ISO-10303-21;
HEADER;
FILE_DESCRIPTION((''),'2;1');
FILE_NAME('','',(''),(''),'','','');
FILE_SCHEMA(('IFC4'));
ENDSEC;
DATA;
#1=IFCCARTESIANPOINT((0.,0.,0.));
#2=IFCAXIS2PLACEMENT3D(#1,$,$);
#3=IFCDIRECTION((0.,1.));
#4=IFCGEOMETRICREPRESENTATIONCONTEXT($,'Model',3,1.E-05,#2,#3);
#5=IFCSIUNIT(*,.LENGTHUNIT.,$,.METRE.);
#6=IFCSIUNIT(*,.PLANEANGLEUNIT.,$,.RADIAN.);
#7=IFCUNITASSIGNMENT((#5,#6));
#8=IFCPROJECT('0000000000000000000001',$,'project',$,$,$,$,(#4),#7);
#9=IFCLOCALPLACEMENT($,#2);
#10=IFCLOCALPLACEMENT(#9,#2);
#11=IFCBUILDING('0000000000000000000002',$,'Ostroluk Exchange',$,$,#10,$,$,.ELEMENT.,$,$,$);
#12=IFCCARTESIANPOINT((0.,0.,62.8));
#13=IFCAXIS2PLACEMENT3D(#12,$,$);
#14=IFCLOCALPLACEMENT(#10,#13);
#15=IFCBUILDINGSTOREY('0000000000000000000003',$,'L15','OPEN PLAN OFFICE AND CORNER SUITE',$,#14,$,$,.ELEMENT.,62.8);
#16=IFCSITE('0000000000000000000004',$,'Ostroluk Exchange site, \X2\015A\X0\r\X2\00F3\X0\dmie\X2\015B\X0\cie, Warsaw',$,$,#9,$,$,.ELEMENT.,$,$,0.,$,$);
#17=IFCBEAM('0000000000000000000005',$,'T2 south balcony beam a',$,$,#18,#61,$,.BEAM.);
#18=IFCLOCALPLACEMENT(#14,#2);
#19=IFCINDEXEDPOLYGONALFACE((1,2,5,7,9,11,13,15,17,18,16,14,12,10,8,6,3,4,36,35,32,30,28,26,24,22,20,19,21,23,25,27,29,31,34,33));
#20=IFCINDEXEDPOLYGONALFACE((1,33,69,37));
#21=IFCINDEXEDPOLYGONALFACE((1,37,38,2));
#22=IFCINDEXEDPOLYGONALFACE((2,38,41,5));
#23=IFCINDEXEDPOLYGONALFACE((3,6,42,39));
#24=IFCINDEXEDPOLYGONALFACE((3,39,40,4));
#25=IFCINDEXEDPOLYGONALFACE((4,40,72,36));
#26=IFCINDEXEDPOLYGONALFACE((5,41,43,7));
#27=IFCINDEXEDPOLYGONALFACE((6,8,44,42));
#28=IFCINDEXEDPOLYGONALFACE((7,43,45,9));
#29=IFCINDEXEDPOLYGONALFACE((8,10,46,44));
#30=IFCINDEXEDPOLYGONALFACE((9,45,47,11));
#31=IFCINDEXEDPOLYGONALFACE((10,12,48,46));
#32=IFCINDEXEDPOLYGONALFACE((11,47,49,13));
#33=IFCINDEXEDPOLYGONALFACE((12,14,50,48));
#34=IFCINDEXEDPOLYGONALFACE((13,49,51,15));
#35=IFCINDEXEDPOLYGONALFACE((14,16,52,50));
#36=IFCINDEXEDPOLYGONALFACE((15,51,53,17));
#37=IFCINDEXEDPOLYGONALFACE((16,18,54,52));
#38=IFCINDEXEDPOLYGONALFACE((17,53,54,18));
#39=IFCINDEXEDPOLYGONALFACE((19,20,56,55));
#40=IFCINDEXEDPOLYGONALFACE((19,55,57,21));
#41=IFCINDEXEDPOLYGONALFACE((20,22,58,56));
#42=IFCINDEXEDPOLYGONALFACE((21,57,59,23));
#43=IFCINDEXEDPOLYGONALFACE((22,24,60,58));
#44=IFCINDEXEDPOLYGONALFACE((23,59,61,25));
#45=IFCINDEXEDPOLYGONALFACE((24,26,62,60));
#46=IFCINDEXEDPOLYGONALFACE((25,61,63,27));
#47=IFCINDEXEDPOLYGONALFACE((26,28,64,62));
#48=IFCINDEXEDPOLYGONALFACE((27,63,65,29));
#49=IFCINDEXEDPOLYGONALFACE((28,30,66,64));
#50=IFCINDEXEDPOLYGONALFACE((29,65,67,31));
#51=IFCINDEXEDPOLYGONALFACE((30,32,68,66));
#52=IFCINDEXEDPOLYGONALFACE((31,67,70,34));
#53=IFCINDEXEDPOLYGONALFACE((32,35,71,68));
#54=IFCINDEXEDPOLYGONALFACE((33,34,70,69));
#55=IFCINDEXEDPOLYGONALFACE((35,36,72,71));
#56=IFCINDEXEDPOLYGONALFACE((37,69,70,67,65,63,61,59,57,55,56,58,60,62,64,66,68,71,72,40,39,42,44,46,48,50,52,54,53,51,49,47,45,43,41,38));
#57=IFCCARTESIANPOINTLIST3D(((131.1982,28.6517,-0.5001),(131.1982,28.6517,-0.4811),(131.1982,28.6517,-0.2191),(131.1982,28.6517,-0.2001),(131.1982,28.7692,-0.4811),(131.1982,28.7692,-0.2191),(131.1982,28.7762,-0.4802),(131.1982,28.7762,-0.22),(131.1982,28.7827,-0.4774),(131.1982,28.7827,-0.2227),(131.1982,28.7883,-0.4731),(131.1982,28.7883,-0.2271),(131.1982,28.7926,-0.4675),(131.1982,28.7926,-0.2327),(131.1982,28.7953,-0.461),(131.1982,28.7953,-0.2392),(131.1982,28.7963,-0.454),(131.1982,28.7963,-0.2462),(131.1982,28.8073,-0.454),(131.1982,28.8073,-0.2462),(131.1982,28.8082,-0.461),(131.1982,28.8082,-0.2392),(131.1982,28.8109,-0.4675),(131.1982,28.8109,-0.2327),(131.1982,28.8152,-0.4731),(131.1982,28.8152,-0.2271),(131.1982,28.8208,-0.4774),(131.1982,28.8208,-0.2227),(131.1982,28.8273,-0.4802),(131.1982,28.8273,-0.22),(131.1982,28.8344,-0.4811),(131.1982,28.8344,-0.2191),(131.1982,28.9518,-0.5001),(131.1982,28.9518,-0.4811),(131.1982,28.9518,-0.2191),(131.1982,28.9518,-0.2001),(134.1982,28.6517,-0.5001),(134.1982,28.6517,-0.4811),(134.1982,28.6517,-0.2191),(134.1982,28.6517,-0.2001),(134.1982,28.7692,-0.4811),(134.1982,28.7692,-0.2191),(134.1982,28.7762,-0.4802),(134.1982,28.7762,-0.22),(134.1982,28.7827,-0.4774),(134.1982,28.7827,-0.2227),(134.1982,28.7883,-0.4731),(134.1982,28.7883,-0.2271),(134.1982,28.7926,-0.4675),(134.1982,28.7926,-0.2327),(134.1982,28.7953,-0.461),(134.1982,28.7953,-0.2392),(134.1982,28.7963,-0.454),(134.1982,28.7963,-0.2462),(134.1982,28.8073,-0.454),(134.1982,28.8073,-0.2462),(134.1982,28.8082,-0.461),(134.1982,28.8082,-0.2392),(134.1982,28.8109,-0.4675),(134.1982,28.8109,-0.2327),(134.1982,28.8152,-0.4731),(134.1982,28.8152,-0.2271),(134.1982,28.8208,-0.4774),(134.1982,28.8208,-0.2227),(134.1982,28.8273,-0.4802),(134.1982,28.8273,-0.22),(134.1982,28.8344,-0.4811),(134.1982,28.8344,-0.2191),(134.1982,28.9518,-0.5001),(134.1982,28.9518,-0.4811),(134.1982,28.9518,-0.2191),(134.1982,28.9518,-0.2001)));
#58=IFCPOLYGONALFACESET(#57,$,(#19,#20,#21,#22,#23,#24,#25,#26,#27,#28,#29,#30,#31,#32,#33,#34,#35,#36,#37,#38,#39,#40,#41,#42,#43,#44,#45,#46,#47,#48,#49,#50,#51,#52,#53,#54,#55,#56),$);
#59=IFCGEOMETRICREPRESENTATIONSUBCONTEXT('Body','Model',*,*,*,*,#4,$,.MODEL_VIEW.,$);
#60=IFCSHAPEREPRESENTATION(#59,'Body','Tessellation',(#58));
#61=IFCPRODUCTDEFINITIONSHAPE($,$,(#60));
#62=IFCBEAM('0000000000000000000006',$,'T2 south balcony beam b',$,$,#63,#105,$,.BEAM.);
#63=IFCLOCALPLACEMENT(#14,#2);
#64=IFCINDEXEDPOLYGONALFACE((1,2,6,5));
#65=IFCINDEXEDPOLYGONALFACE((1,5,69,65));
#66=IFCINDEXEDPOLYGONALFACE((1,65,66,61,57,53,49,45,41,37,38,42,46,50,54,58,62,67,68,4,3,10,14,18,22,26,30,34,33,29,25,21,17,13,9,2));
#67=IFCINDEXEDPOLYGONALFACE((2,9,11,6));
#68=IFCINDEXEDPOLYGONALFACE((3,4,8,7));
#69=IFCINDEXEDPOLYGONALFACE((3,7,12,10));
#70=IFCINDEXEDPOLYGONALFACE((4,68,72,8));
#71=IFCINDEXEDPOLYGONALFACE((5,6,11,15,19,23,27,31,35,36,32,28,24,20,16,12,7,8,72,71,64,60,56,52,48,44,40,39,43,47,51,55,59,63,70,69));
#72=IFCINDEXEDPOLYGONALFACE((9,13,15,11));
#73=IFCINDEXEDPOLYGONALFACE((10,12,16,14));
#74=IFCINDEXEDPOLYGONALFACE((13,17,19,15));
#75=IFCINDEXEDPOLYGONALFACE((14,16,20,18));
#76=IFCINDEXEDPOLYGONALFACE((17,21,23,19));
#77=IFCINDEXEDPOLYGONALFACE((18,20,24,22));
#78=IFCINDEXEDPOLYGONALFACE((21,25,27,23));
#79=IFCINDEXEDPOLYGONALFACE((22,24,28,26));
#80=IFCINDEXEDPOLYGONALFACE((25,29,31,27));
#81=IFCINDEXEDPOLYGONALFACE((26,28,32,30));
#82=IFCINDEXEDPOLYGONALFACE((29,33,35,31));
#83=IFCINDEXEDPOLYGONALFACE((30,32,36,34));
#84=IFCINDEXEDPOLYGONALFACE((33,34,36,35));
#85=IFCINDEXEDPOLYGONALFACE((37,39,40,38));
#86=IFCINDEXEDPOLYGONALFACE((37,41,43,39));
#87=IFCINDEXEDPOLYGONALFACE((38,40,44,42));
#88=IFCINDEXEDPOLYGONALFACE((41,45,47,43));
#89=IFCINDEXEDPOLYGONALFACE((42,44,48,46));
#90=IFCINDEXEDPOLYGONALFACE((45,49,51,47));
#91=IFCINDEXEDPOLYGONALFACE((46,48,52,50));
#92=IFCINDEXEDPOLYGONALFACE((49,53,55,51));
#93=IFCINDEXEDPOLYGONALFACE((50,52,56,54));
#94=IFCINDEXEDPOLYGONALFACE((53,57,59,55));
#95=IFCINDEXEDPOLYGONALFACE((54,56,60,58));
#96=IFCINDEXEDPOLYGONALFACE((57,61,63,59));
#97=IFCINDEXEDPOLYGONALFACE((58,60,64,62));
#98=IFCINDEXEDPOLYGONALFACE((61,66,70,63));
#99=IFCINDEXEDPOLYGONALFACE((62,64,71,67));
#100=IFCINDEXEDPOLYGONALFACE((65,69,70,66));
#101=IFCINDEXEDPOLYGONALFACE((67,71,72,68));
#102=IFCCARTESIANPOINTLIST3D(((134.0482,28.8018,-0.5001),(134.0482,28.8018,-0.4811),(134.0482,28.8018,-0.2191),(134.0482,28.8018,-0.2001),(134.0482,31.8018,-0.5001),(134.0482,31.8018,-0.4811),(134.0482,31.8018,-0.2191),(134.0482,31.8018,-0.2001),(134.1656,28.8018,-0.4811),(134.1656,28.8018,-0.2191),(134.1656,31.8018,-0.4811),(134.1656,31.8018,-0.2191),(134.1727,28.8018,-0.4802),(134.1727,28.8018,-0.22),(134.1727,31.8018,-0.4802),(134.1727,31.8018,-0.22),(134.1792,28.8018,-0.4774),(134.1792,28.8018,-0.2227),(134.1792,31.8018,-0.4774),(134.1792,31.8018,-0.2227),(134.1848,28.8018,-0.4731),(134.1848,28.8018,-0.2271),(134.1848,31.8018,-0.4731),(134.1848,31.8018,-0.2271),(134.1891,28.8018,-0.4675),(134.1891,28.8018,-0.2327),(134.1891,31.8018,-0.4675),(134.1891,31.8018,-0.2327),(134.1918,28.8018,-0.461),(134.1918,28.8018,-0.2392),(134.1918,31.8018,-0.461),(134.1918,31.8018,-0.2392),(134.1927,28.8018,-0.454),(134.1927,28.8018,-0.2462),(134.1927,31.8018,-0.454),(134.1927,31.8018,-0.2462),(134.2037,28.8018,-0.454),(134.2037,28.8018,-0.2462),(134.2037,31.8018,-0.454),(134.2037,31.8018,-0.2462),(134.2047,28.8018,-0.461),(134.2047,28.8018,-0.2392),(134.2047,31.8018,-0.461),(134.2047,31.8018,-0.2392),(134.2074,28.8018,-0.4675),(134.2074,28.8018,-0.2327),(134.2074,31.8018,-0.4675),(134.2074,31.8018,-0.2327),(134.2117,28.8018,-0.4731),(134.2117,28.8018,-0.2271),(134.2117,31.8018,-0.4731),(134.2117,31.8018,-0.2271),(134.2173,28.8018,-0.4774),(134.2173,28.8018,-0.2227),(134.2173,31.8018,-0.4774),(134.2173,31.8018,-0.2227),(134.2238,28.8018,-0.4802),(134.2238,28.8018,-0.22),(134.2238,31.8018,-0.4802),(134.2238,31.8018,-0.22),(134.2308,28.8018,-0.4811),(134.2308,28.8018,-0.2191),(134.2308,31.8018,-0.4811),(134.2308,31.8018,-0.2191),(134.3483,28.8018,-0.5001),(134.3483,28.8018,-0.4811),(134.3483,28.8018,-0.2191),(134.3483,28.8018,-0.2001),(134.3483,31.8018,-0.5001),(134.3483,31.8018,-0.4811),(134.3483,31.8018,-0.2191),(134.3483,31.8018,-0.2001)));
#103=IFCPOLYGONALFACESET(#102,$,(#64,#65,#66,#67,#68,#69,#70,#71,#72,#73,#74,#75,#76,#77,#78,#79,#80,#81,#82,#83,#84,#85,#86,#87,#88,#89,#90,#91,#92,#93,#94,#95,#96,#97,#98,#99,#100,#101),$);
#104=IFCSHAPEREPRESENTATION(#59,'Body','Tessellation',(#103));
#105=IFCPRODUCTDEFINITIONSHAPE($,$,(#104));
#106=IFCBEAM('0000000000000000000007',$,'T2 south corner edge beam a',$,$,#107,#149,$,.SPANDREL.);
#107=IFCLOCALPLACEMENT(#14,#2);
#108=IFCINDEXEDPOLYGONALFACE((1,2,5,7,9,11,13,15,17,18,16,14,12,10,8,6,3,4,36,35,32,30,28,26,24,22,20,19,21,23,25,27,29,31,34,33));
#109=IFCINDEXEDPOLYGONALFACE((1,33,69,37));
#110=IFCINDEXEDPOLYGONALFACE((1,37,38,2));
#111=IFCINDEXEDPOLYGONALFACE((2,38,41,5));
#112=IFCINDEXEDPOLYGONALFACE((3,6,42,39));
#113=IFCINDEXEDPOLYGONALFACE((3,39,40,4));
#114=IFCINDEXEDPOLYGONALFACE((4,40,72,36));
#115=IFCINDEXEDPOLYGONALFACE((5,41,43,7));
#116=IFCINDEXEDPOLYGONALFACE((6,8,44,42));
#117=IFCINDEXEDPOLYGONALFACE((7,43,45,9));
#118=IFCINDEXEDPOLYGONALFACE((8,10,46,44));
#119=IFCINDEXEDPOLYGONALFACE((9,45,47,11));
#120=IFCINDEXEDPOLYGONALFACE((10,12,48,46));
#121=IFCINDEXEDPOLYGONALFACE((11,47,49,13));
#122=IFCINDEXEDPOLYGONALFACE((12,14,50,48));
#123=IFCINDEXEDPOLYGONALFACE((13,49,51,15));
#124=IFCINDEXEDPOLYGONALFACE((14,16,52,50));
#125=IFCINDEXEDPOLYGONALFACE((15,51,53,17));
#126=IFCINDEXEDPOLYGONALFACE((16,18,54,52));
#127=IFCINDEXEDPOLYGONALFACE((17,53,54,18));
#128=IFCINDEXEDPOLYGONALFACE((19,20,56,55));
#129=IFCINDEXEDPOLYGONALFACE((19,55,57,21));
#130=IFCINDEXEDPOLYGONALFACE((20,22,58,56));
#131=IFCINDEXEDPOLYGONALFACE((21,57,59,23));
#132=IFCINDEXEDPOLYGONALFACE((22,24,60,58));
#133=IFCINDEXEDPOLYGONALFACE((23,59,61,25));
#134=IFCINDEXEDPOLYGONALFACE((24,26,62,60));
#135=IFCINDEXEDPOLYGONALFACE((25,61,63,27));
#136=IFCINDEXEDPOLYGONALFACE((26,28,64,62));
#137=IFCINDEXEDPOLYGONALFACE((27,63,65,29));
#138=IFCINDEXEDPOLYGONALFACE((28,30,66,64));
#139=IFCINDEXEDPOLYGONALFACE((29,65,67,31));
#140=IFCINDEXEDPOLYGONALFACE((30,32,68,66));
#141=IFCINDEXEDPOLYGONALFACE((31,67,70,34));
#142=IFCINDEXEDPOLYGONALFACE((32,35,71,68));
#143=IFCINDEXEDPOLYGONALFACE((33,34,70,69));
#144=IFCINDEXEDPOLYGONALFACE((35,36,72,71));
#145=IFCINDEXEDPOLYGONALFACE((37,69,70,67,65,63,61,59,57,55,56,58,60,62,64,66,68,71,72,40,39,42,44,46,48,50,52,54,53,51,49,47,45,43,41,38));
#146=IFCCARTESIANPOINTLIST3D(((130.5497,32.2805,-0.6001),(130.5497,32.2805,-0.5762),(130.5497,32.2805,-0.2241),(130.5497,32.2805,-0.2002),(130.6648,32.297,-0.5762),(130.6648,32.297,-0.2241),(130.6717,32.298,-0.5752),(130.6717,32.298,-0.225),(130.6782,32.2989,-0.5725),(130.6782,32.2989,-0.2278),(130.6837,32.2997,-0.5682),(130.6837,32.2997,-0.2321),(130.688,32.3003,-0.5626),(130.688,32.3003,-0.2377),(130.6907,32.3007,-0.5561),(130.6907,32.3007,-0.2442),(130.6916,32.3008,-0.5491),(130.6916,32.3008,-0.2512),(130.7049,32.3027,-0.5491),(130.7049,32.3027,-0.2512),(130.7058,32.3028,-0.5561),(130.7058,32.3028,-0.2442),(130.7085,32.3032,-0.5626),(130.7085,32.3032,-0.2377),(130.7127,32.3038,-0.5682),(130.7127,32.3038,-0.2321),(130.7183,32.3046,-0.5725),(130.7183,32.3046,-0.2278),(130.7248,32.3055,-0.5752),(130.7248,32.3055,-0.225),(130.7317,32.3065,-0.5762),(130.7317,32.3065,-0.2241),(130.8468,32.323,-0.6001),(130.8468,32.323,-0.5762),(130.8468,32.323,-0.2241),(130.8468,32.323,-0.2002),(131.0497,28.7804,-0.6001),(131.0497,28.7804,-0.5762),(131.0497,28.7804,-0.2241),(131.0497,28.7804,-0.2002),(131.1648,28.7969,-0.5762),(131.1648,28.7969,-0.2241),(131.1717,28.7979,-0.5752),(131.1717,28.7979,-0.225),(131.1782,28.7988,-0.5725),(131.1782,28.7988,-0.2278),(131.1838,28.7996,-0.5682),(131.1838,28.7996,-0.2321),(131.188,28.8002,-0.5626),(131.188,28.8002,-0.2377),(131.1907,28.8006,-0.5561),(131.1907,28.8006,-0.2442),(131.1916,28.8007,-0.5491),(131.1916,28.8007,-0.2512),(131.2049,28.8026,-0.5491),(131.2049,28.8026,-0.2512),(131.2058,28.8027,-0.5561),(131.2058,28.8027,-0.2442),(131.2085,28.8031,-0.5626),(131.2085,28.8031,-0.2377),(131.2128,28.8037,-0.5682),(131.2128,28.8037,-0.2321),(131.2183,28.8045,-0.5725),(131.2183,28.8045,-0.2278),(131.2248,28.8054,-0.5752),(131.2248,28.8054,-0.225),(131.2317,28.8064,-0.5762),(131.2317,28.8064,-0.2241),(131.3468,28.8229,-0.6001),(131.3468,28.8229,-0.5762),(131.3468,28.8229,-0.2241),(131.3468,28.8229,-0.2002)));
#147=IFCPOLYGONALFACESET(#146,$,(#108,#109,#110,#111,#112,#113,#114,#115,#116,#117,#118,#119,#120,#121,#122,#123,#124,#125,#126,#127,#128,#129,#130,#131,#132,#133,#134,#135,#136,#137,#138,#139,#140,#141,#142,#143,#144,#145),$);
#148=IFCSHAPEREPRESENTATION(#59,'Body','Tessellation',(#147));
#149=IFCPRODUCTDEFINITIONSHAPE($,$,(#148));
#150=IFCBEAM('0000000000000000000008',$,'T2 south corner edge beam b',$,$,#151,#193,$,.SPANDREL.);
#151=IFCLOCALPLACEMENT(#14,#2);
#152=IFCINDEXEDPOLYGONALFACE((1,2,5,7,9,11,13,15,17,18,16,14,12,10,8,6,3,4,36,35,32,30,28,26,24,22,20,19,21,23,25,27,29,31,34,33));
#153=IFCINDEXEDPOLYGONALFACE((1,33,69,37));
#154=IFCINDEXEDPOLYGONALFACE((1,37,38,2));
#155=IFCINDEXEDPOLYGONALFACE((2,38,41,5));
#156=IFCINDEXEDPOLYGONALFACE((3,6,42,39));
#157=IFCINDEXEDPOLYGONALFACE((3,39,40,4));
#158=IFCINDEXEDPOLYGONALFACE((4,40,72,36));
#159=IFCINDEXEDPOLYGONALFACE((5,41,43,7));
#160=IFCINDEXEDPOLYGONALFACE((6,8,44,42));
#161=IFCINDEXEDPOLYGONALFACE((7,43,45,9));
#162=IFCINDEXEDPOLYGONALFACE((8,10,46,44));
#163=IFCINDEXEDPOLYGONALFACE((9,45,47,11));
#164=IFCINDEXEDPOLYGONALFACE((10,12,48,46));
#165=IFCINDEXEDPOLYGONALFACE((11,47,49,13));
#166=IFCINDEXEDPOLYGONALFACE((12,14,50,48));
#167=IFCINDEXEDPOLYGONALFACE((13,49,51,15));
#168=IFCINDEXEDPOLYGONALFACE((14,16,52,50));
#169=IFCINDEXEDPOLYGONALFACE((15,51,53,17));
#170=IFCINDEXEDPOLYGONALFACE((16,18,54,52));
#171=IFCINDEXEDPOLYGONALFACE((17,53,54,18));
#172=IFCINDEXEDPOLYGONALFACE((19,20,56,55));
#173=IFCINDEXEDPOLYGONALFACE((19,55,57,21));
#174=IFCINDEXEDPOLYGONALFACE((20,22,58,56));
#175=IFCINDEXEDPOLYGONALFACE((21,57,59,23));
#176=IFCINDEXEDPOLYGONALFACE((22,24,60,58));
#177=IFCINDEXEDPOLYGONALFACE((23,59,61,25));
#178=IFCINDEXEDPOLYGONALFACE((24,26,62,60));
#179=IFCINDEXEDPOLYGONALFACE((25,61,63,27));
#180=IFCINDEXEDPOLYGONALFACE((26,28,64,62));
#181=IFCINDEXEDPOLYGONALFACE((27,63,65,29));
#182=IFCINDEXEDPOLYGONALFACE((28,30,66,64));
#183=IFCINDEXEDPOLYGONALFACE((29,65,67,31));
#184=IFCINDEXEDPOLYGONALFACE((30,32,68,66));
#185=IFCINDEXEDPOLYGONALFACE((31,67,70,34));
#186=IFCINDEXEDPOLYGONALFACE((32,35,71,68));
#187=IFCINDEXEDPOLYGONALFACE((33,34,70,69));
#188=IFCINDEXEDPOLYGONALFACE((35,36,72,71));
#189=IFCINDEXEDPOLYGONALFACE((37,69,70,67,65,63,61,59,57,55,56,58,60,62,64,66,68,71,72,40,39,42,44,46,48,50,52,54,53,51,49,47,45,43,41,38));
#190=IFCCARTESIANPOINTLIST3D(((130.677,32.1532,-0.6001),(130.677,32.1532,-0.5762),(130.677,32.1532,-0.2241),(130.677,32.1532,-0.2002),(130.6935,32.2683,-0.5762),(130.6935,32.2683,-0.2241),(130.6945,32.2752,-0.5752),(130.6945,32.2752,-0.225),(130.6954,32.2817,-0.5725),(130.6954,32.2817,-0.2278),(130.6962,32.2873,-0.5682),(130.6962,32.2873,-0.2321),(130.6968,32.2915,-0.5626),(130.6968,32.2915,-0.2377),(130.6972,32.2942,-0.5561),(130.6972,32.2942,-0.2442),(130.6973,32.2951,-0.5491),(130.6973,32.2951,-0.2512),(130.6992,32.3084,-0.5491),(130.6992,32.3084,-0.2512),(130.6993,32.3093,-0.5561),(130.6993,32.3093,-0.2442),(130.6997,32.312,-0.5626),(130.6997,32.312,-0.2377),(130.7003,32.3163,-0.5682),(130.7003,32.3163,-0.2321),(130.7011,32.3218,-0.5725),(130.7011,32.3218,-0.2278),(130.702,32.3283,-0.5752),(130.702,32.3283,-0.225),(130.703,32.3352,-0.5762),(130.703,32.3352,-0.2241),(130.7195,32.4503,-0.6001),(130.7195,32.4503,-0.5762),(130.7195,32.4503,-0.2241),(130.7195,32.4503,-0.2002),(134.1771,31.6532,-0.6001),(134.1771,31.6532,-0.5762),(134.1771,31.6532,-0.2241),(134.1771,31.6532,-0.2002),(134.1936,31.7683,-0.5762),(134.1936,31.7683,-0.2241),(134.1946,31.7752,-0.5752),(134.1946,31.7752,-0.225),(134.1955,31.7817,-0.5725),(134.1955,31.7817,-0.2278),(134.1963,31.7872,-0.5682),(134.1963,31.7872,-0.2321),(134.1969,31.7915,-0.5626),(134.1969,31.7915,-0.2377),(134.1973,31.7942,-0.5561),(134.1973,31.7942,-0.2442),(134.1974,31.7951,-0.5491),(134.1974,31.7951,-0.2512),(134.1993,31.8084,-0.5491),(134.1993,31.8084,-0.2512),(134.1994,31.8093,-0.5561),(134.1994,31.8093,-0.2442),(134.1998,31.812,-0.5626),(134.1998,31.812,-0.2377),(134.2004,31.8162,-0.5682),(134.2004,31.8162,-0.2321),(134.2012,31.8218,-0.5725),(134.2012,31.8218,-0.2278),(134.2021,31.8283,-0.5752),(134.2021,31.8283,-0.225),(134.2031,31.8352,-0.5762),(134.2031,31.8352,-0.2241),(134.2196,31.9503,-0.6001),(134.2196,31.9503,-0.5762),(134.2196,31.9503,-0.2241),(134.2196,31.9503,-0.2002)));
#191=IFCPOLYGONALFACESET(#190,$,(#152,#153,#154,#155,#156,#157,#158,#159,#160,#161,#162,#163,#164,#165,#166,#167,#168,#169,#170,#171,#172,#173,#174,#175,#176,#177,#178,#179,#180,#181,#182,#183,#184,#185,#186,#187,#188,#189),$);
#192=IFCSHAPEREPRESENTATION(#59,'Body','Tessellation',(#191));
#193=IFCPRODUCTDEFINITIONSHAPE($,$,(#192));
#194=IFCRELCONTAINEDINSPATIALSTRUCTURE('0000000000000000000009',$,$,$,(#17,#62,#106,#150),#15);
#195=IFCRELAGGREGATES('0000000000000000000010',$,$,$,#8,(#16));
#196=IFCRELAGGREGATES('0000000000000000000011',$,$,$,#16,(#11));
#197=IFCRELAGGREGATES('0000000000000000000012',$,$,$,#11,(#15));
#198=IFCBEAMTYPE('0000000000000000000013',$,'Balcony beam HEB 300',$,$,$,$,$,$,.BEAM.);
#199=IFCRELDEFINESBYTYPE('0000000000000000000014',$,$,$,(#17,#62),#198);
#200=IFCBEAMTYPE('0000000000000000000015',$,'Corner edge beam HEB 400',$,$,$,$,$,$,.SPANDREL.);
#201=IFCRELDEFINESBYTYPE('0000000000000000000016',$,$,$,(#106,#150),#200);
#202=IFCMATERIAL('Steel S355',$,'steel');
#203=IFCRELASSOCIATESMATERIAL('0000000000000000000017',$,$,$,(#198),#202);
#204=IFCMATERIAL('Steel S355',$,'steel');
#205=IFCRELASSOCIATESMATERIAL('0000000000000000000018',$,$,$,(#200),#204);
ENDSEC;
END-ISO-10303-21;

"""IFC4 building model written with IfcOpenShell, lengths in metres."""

from ifc_helpers import new_model, si_unit, direction, frame, origin, origin_2d, place, context, subcontext, project, spatial, i_section, extrude, material, material_profile, profile_set, type_object, element, save


model = new_model("IFC4")

# Units and contexts
model_context = context("Model", 3, precision=1e-05, world=origin(), true_north=direction((0.0, 1.0)))
body_context = subcontext(model_context, "Body", "Model", "MODEL_VIEW")
ifc_project = project(units=[si_unit("LENGTHUNIT", "METRE"), si_unit("PLANEANGLEUNIT", "RADIAN")], contexts=[model_context])

# Site, building, storey
site_placement = place(None, origin())
site = spatial("IfcSite", under=ifc_project, at=site_placement, Name="Ostroluk Exchange site, Śródmieście, Warsaw", CompositionType="ELEMENT", RefElevation=0.0)
building_placement = place(site_placement, origin())
building = spatial("IfcBuilding", under=site, at=building_placement, Name="Ostroluk Exchange", CompositionType="ELEMENT")
storey_placement = place(building_placement, frame((0.0, 0.0, 62.8)))
storey = spatial("IfcBuildingStorey", under=building, at=storey_placement, Name="L15", Description="OPEN PLAN OFFICE AND CORNER SUITE", CompositionType="ELEMENT", Elevation=62.8)

# Beams
ifc_material_1 = material(Name="Steel S355", Category="steel")
ifc_material_profile_1 = material_profile(ifc_material_1, i_section(OverallWidth=0.3, OverallDepth=0.3, WebThickness=0.011, FlangeThickness=0.019, FilletRadius=0.0271, at=origin_2d()), Name="HEB 300")
ifc_profile_set_1 = profile_set([ifc_material_profile_1], Name="Steel S355")
beam_type_1 = type_object("IfcBeamType", Name="Balcony beam HEB 300", PredefinedType="BEAM", material=ifc_profile_set_1)
for number, where, z_axis, x_axis, name in (
    (1, (131.1982, 28.8018, -0.3501), (1.0, 0.0, 0.0), (0.0, 1.0, 0.0), "T2 south balcony beam a"),
    (2, (134.1982, 31.8018, -0.3501), (0.0, -1.0, 0.0), (1.0, 0.0, 0.0), "T2 south balcony beam b"),
):
    element("IfcBeam", number, at=place(storey_placement, frame(where, z_axis=z_axis, x_axis=x_axis)), inside=storey, type_object=beam_type_1, Name=name, PredefinedType="BEAM", context=body_context, shape_type="SweptSolid", body=[
        extrude(i_section(OverallWidth=0.3, OverallDepth=0.3, WebThickness=0.011, FlangeThickness=0.019, FilletRadius=0.0271, at=origin_2d()), origin(), (0.0, 0.0, 1.0), 3.0),
    ])
ifc_material_2 = material(Name="Steel S355", Category="steel")
ifc_material_profile_2 = material_profile(ifc_material_2, i_section(OverallWidth=0.3, OverallDepth=0.3999, WebThickness=0.0134, FlangeThickness=0.0239, FilletRadius=0.0271, at=origin_2d()), Name="HEB 400")
ifc_profile_set_2 = profile_set([ifc_material_profile_2], Name="Steel S355")
beam_type_2 = type_object("IfcBeamType", Name="Corner edge beam HEB 400", PredefinedType="SPANDREL", material=ifc_profile_set_2)
for number, where, z_axis, x_axis, name in (
    (3, (130.6982, 32.3018, -0.4001), (0.141421, -0.989949, 0.0), (0.989949, 0.141421, 0.0), "T2 south corner edge beam a"),
    (4, (130.6982, 32.3018, -0.4001), (0.989949, -0.141421, 0.0), (0.141421, 0.989949, 0.0), "T2 south corner edge beam b"),
):
    element("IfcBeam", number, at=place(storey_placement, frame(where, z_axis=z_axis, x_axis=x_axis)), inside=storey, type_object=beam_type_2, Name=name, PredefinedType="SPANDREL", context=body_context, shape_type="SweptSolid", body=[
        extrude(i_section(OverallWidth=0.3, OverallDepth=0.3999, WebThickness=0.0134, FlangeThickness=0.0239, FilletRadius=0.0271, at=origin_2d()), origin(), (0.0, 0.0, 1.0), 3.5356),
    ])

save(model, "model.ifc")
